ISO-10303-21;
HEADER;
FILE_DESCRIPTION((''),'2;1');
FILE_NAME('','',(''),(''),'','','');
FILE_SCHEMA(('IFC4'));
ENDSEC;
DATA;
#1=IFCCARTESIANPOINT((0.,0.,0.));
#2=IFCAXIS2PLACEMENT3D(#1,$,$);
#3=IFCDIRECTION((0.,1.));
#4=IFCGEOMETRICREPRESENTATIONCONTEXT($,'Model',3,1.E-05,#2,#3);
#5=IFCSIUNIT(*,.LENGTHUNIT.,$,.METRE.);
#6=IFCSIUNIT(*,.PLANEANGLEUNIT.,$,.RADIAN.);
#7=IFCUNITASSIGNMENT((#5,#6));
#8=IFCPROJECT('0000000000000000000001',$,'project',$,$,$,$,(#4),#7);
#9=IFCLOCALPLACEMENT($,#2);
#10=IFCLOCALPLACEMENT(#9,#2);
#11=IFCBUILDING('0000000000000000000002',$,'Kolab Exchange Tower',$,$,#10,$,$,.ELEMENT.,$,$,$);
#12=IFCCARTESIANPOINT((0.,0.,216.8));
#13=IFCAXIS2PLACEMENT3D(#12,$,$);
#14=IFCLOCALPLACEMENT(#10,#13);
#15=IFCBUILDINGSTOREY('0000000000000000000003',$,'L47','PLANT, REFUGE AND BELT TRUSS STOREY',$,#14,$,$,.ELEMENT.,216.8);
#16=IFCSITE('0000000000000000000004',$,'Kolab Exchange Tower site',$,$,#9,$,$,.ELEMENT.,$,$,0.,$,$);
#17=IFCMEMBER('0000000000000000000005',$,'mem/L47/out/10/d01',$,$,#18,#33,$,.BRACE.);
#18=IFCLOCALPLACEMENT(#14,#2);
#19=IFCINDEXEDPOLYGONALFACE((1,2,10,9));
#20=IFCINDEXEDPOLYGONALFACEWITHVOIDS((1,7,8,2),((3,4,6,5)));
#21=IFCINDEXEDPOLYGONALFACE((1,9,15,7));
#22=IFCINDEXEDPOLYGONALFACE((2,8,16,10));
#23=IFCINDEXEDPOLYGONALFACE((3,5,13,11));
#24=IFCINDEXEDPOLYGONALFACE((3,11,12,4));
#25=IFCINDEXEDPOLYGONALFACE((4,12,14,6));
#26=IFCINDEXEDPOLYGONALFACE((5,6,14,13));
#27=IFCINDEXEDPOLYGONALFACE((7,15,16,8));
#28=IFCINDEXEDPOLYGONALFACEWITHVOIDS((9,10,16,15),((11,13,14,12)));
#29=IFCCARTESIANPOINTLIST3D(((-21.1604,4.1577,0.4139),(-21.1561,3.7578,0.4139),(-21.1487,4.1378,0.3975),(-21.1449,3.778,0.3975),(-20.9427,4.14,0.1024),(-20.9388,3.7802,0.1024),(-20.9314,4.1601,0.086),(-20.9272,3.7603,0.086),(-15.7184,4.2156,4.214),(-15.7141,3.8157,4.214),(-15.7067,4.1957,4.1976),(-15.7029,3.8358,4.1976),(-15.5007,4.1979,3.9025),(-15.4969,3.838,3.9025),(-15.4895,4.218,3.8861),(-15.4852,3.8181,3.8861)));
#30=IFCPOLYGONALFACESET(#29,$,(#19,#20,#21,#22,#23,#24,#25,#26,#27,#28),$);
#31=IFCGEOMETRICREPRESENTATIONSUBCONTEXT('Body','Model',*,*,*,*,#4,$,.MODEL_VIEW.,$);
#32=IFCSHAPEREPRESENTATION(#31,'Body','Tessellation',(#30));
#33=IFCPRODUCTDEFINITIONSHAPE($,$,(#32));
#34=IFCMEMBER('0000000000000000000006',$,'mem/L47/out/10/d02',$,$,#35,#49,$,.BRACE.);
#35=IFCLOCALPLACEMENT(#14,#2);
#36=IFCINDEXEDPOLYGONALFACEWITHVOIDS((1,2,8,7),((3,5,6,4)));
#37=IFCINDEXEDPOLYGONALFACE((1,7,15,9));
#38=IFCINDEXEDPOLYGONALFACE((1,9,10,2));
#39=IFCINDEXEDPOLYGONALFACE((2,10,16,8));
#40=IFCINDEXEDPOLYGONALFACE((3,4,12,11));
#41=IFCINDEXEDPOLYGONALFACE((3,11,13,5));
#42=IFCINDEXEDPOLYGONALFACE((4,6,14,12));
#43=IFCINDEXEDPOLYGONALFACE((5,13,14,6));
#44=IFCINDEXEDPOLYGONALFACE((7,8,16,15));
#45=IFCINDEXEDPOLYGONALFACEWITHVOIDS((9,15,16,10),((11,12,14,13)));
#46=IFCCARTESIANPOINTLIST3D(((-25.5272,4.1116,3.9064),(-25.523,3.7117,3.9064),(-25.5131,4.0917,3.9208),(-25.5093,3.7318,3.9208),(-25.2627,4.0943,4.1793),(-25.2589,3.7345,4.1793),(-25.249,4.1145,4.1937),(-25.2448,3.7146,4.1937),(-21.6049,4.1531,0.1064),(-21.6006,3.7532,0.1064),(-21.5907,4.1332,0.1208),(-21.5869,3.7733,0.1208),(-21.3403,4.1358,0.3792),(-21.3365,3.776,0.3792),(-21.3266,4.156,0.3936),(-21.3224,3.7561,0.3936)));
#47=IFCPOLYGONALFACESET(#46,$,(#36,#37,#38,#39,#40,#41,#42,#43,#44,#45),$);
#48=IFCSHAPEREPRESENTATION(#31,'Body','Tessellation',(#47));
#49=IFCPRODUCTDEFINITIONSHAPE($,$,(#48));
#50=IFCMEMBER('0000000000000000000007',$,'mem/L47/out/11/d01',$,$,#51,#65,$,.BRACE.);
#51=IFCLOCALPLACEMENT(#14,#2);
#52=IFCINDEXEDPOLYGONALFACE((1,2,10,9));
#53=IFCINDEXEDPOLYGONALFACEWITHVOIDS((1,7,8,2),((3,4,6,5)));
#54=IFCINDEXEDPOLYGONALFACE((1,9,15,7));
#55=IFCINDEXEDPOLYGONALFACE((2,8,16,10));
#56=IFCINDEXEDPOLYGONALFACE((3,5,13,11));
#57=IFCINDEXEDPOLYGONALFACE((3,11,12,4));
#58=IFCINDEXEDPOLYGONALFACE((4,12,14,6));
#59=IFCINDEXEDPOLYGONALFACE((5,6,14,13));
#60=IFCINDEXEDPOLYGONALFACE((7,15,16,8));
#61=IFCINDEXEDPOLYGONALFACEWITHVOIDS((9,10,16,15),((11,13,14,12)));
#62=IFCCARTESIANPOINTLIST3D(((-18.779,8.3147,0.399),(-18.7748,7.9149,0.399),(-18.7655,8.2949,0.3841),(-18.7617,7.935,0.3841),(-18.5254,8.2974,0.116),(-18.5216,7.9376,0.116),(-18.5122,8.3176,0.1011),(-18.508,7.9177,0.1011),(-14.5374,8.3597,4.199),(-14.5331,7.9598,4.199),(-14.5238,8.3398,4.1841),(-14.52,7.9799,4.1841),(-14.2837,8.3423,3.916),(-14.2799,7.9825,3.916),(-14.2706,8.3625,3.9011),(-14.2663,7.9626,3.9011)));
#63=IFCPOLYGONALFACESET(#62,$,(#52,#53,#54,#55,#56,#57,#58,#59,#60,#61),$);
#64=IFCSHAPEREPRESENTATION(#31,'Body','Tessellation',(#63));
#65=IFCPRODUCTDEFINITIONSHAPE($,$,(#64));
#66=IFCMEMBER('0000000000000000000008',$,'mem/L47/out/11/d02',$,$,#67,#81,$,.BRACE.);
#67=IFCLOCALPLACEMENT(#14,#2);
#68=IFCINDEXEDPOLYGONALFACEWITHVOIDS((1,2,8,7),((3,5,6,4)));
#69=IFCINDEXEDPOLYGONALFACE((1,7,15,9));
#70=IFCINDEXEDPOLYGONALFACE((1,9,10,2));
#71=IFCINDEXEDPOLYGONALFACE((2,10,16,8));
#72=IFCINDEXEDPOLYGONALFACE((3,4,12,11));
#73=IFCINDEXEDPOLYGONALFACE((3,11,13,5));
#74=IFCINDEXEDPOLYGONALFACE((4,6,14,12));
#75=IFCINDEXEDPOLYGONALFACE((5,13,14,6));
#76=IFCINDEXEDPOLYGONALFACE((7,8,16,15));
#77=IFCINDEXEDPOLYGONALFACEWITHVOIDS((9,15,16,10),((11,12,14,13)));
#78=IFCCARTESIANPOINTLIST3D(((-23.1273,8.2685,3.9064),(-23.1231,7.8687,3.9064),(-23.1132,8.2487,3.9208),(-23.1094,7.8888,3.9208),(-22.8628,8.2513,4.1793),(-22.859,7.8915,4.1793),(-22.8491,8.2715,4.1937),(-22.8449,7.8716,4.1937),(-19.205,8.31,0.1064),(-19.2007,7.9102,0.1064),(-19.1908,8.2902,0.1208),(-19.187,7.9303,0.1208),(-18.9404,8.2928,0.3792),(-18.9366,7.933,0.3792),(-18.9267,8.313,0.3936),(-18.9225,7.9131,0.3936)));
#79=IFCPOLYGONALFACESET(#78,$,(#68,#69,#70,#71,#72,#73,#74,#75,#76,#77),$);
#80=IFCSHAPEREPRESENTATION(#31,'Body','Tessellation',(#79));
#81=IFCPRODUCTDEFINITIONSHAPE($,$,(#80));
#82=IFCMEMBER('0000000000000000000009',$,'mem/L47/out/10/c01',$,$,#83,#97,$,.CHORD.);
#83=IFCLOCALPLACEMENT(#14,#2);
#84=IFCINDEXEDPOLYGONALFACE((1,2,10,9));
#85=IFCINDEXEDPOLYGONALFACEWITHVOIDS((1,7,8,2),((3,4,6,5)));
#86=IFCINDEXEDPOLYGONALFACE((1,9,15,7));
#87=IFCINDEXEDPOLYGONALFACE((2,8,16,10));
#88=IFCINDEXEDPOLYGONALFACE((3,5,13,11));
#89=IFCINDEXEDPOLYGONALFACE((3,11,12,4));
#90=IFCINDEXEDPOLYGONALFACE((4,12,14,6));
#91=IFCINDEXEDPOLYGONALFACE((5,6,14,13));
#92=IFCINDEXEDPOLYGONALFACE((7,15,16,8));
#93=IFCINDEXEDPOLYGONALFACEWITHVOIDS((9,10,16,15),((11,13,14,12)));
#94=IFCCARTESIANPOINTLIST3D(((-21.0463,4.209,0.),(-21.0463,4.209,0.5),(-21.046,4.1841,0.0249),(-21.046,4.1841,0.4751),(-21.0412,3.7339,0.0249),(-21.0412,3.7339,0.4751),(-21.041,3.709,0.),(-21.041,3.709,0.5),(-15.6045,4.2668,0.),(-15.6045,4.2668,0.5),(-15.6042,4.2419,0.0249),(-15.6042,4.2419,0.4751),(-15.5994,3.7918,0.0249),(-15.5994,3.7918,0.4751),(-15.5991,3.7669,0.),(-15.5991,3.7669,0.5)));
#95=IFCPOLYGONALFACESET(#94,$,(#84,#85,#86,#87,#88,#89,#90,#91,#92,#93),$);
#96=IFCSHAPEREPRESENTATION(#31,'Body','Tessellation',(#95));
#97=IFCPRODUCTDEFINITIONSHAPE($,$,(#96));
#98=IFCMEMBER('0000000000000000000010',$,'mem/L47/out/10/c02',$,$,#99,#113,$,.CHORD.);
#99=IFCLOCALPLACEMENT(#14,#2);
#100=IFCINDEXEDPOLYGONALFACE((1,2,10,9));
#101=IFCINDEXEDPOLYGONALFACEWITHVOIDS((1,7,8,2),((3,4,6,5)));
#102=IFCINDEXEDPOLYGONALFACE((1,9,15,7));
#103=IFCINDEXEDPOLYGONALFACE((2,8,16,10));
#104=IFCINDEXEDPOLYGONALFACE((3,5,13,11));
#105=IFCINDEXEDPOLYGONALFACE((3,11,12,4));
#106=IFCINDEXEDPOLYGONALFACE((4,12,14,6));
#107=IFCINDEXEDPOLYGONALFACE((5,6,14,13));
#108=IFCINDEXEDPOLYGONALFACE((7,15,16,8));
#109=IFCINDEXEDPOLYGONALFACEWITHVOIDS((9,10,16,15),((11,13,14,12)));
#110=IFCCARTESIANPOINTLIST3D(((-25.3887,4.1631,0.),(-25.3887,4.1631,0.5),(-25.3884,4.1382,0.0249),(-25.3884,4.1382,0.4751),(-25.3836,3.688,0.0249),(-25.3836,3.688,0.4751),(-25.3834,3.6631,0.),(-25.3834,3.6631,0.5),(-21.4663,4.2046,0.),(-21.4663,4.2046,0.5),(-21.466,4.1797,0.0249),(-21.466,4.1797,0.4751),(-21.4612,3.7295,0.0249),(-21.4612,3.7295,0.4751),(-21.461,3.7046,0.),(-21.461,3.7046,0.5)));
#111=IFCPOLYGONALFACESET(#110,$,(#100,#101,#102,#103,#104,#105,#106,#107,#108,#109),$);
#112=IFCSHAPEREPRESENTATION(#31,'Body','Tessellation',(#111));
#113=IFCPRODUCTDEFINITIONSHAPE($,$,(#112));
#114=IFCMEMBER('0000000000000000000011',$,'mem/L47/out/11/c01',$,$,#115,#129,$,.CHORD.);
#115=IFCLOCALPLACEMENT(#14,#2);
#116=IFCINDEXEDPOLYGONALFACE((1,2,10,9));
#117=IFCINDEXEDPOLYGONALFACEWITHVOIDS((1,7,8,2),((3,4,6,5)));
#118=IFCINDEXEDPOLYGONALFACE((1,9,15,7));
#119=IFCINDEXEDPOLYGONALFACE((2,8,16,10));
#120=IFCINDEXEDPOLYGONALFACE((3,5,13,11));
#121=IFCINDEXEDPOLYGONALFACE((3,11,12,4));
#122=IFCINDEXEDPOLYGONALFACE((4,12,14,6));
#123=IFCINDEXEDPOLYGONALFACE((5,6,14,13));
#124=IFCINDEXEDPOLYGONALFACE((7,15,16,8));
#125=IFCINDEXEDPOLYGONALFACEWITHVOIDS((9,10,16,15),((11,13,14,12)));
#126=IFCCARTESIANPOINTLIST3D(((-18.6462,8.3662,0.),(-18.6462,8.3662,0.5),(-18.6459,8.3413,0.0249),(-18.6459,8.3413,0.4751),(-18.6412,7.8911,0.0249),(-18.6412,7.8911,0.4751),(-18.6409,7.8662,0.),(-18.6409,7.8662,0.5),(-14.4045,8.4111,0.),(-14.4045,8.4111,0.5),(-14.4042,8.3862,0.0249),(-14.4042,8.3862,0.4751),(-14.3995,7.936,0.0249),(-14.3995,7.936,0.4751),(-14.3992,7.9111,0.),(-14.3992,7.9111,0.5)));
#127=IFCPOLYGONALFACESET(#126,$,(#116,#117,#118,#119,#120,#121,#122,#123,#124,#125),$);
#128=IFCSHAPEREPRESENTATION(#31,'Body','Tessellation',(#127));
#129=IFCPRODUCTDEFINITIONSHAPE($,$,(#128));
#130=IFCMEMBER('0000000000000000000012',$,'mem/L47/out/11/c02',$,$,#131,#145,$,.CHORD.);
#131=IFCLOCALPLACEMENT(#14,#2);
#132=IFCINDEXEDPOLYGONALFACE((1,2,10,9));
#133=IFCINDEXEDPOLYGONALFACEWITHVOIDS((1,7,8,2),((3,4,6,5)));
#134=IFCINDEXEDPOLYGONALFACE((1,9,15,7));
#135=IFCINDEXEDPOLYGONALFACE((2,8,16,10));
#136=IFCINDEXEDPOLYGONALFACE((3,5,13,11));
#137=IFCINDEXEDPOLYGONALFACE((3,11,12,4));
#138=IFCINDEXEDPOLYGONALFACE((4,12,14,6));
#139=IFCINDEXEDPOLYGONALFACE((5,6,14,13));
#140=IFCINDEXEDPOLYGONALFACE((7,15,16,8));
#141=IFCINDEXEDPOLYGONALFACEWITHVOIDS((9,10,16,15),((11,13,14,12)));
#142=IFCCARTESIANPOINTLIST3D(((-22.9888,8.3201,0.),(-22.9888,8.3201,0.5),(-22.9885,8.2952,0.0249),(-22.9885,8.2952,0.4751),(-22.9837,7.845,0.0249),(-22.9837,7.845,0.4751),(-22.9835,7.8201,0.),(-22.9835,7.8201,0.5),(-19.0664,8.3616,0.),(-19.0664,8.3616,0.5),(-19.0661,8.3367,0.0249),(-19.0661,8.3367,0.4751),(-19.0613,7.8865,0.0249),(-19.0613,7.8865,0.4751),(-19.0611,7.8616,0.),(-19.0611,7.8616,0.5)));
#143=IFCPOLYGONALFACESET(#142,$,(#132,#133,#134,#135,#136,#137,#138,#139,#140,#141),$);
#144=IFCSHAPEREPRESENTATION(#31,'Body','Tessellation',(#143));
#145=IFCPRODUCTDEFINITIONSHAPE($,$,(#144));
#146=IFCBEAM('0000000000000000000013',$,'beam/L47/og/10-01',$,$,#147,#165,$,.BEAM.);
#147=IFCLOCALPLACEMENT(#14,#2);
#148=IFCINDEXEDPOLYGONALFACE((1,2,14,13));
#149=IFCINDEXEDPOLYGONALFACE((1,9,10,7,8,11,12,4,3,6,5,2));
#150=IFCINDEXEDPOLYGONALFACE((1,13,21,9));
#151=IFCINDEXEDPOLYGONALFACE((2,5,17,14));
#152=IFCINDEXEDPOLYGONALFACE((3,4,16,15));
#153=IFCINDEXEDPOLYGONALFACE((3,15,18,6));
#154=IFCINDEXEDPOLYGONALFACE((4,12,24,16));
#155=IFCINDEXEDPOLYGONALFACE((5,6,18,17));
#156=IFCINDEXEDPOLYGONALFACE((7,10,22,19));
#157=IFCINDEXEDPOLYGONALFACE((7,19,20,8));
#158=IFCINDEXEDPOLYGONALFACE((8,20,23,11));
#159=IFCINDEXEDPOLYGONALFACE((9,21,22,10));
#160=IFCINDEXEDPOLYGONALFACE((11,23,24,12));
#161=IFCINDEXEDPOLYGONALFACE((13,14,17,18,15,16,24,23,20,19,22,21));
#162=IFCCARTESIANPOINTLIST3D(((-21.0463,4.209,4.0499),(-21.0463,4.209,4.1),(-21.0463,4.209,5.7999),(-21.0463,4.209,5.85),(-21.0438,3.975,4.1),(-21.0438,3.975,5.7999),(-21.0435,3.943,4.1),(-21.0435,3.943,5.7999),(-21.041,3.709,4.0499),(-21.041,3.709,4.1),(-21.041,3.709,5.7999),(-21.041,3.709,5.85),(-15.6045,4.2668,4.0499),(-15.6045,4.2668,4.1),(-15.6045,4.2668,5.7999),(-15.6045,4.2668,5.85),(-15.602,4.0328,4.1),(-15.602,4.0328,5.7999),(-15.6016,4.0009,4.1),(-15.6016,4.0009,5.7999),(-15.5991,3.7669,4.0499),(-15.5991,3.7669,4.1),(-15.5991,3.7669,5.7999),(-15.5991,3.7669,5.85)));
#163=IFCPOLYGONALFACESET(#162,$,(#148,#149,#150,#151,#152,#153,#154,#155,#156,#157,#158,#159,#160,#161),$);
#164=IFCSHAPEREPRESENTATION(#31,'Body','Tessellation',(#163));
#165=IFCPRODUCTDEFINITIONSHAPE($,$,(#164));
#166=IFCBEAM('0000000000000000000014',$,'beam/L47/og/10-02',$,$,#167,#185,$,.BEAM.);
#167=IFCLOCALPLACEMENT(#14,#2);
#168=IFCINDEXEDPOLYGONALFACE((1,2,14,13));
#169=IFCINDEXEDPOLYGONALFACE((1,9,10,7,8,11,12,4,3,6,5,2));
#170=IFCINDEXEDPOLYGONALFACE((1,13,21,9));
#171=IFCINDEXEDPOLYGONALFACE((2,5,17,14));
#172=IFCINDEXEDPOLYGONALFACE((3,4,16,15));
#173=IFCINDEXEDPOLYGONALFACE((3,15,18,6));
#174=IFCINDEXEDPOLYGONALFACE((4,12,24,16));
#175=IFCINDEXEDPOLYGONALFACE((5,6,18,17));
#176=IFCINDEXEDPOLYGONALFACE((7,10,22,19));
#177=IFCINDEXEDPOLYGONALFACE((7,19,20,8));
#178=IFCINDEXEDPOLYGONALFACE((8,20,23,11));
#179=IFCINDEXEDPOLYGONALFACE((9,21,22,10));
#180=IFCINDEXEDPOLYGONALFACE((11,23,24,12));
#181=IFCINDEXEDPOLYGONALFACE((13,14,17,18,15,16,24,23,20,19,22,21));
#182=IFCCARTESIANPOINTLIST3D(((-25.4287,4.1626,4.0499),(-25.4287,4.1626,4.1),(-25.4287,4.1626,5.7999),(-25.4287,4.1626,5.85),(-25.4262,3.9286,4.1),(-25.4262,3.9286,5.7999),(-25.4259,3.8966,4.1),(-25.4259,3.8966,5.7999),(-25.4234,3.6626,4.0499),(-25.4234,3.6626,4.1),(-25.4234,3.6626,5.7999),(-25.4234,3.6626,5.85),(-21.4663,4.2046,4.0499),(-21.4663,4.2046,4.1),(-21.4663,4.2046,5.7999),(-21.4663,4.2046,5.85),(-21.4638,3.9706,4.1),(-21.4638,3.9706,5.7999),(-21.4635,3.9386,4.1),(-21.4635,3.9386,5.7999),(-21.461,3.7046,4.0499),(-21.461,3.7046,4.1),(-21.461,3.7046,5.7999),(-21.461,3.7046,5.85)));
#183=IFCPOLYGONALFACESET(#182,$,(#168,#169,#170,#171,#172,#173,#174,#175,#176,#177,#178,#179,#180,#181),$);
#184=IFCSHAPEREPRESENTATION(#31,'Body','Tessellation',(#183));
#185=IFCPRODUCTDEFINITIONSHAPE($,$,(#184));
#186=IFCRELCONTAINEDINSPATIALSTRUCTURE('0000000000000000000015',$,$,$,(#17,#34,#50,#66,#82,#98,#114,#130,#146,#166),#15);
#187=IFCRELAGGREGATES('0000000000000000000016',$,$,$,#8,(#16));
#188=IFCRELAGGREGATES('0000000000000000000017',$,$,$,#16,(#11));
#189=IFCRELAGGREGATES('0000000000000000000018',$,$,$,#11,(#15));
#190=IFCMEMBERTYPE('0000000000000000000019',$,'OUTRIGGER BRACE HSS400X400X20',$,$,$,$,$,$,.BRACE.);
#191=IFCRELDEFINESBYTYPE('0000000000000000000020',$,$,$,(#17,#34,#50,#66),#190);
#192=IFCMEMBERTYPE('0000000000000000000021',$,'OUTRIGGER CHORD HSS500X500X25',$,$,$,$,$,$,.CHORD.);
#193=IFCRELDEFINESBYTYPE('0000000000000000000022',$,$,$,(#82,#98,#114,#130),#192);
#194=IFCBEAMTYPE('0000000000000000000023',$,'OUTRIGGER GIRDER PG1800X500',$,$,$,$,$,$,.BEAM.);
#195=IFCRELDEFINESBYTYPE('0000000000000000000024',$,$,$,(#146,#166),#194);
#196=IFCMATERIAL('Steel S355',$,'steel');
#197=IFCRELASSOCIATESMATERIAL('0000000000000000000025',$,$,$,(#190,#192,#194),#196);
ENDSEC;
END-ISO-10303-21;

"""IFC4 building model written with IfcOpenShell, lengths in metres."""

from ifc_helpers import new_model, si_unit, direction, frame, origin, origin_2d, place, context, subcontext, project, spatial, hollow_rectangle, i_section, extrude, material, material_profile, profile_set, type_object, element, save


model = new_model("IFC4")

# Units and contexts
model_context = context("Model", 3, precision=1e-05, world=origin(), true_north=direction((0.0, 1.0)))
body_context = subcontext(model_context, "Body", "Model", "MODEL_VIEW")
ifc_project = project(units=[si_unit("LENGTHUNIT", "METRE"), si_unit("PLANEANGLEUNIT", "RADIAN")], contexts=[model_context])

# Site, building, storey
site_placement = place(None, origin())
site = spatial("IfcSite", under=ifc_project, at=site_placement, Name="Kolab Exchange Tower site", CompositionType="ELEMENT", RefElevation=0.0)
building_placement = place(site_placement, origin())
building = spatial("IfcBuilding", under=site, at=building_placement, Name="Kolab Exchange Tower", CompositionType="ELEMENT")
storey_placement = place(building_placement, frame((0.0, 0.0, 216.8)))
storey = spatial("IfcBuildingStorey", under=building, at=storey_placement, Name="L47", Description="PLANT, REFUGE AND BELT TRUSS STOREY", CompositionType="ELEMENT", Elevation=216.8)

# Shared definitions
ifc_material_1 = material(Name="Steel S355", Category="steel")

# Members
ifc_material_profile_1 = material_profile(ifc_material_1, hollow_rectangle(XDim=0.3999, YDim=0.3999, WallThickness=0.02, at=origin_2d()), Name="HSS400X400X20")
ifc_profile_set_1 = profile_set([ifc_material_profile_1], Name="Steel S355")
member_type_1 = type_object("IfcMemberType", Name="OUTRIGGER BRACE HSS400X400X20", PredefinedType="BRACE", material=ifc_profile_set_1)
member_1_placement = place(storey_placement, frame((-15.6018, 4.0168, 4.05), z_axis=(-0.819857, -0.008717, -0.572502), x_axis=(0.010632, -0.999943, 0.0)))
element("IfcMember", 1, at=member_1_placement, inside=storey, type_object=member_type_1, Name="mem/L47/out/10/d01", PredefinedType="BRACE", context=body_context, shape_type="SweptSolid", body=[
    extrude(hollow_rectangle(XDim=0.3999, YDim=0.3999, WallThickness=0.02, at=origin_2d()), origin(), (0.0, 0.0, 1.0), 6.6377),
])
member_2_placement = place(storey_placement, frame((-21.4636, 3.9546, 0.25), z_axis=(-0.718196, -0.007599, 0.6958), x_axis=(0.010581, -0.999944, 0.0)))
element("IfcMember", 2, at=member_2_placement, inside=storey, type_object=member_type_1, Name="mem/L47/out/10/d02", PredefinedType="BRACE", context=body_context, shape_type="SweptSolid", body=[
    extrude(hollow_rectangle(XDim=0.3999, YDim=0.3999, WallThickness=0.02, at=origin_2d()), origin(), (0.0, 0.0, 1.0), 5.4614),
])
member_3_placement = place(storey_placement, frame((-14.4019, 8.1611, 4.05), z_axis=(-0.744795, -0.007888, -0.667246), x_axis=(0.01059, -0.999944, 0.0)))
element("IfcMember", 3, at=member_3_placement, inside=storey, type_object=member_type_1, Name="mem/L47/out/11/d01", PredefinedType="BRACE", context=body_context, shape_type="SweptSolid", body=[
    extrude(hollow_rectangle(XDim=0.3999, YDim=0.3999, WallThickness=0.02, at=origin_2d()), origin(), (0.0, 0.0, 1.0), 5.6951),
])
member_4_placement = place(storey_placement, frame((-19.0637, 8.1116, 0.25), z_axis=(-0.718196, -0.007599, 0.6958), x_axis=(0.010581, -0.999944, 0.0)))
element("IfcMember", 4, at=member_4_placement, inside=storey, type_object=member_type_1, Name="mem/L47/out/11/d02", PredefinedType="BRACE", context=body_context, shape_type="SweptSolid", body=[
    extrude(hollow_rectangle(XDim=0.3999, YDim=0.3999, WallThickness=0.02, at=origin_2d()), origin(), (0.0, 0.0, 1.0), 5.4614),
])
ifc_material_profile_2 = material_profile(ifc_material_1, hollow_rectangle(XDim=0.5, YDim=0.5, WallThickness=0.0249, at=origin_2d()), Name="HSS500X500X25")
ifc_profile_set_2 = profile_set([ifc_material_profile_2], Name="Steel S355")
member_type_2 = type_object("IfcMemberType", Name="OUTRIGGER CHORD HSS500X500X25", PredefinedType="CHORD", material=ifc_profile_set_2)
member_5_placement = place(storey_placement, frame((-15.6018, 4.0168, 0.25), z_axis=(-0.999943, -0.010632, 0.0), x_axis=(0.010632, -0.999943, 0.0)))
element("IfcMember", 5, at=member_5_placement, inside=storey, type_object=member_type_2, Name="mem/L47/out/10/c01", PredefinedType="CHORD", context=body_context, shape_type="SweptSolid", body=[
    extrude(hollow_rectangle(XDim=0.5, YDim=0.5, WallThickness=0.0249, at=origin_2d()), origin(), (0.0, 0.0, 1.0), 5.4421),
])
member_6_placement = place(storey_placement, frame((-21.4636, 3.9546, 0.25), z_axis=(-0.999944, -0.010581, 0.0), x_axis=(0.010581, -0.999944, 0.0)))
element("IfcMember", 6, at=member_6_placement, inside=storey, type_object=member_type_2, Name="mem/L47/out/10/c02", PredefinedType="CHORD", context=body_context, shape_type="SweptSolid", body=[
    extrude(hollow_rectangle(XDim=0.5, YDim=0.5, WallThickness=0.0249, at=origin_2d()), origin(), (0.0, 0.0, 1.0), 3.9226),
])
member_7_placement = place(storey_placement, frame((-14.4019, 8.1611, 0.25), z_axis=(-0.999944, -0.01059, 0.0), x_axis=(0.01059, -0.999944, 0.0)))
element("IfcMember", 7, at=member_7_placement, inside=storey, type_object=member_type_2, Name="mem/L47/out/11/c01", PredefinedType="CHORD", context=body_context, shape_type="SweptSolid", body=[
    extrude(hollow_rectangle(XDim=0.5, YDim=0.5, WallThickness=0.0249, at=origin_2d()), origin(), (0.0, 0.0, 1.0), 4.2419),
])
member_8_placement = place(storey_placement, frame((-19.0637, 8.1116, 0.25), z_axis=(-0.999944, -0.010581, 0.0), x_axis=(0.010581, -0.999944, 0.0)))
element("IfcMember", 8, at=member_8_placement, inside=storey, type_object=member_type_2, Name="mem/L47/out/11/c02", PredefinedType="CHORD", context=body_context, shape_type="SweptSolid", body=[
    extrude(hollow_rectangle(XDim=0.5, YDim=0.5, WallThickness=0.0249, at=origin_2d()), origin(), (0.0, 0.0, 1.0), 3.9226),
])

# Beams
ifc_material_profile_3 = material_profile(ifc_material_1, i_section(OverallWidth=0.5, OverallDepth=1.8, WebThickness=0.032, FlangeThickness=0.05, at=origin_2d()), Name="PG1800X500")
ifc_profile_set_3 = profile_set([ifc_material_profile_3], Name="Steel S355")
beam_type_1 = type_object("IfcBeamType", Name="OUTRIGGER GIRDER PG1800X500", PredefinedType="BEAM", material=ifc_profile_set_3)
beam_1_placement = place(storey_placement, frame((-15.6018, 4.0168, 4.95), z_axis=(-0.999943, -0.010632, 0.0), x_axis=(0.010632, -0.999943, 0.0)))
element("IfcBeam", 9, at=beam_1_placement, inside=storey, type_object=beam_type_1, Name="beam/L47/og/10-01", PredefinedType="BEAM", context=body_context, shape_type="SweptSolid", body=[
    extrude(i_section(OverallWidth=0.5, OverallDepth=1.8, WebThickness=0.032, FlangeThickness=0.05, at=origin_2d()), origin(), (0.0, 0.0, 1.0), 5.4421),
])
beam_2_placement = place(storey_placement, frame((-21.4636, 3.9546, 4.95), z_axis=(-0.999944, -0.010597, 0.0), x_axis=(0.010597, -0.999944, 0.0)))
element("IfcBeam", 10, at=beam_2_placement, inside=storey, type_object=beam_type_1, Name="beam/L47/og/10-02", PredefinedType="BEAM", context=body_context, shape_type="SweptSolid", body=[
    extrude(i_section(OverallWidth=0.5, OverallDepth=1.8, WebThickness=0.032, FlangeThickness=0.05, at=origin_2d()), origin(), (0.0, 0.0, 1.0), 3.9626),
])

save(model, "model.ifc")
